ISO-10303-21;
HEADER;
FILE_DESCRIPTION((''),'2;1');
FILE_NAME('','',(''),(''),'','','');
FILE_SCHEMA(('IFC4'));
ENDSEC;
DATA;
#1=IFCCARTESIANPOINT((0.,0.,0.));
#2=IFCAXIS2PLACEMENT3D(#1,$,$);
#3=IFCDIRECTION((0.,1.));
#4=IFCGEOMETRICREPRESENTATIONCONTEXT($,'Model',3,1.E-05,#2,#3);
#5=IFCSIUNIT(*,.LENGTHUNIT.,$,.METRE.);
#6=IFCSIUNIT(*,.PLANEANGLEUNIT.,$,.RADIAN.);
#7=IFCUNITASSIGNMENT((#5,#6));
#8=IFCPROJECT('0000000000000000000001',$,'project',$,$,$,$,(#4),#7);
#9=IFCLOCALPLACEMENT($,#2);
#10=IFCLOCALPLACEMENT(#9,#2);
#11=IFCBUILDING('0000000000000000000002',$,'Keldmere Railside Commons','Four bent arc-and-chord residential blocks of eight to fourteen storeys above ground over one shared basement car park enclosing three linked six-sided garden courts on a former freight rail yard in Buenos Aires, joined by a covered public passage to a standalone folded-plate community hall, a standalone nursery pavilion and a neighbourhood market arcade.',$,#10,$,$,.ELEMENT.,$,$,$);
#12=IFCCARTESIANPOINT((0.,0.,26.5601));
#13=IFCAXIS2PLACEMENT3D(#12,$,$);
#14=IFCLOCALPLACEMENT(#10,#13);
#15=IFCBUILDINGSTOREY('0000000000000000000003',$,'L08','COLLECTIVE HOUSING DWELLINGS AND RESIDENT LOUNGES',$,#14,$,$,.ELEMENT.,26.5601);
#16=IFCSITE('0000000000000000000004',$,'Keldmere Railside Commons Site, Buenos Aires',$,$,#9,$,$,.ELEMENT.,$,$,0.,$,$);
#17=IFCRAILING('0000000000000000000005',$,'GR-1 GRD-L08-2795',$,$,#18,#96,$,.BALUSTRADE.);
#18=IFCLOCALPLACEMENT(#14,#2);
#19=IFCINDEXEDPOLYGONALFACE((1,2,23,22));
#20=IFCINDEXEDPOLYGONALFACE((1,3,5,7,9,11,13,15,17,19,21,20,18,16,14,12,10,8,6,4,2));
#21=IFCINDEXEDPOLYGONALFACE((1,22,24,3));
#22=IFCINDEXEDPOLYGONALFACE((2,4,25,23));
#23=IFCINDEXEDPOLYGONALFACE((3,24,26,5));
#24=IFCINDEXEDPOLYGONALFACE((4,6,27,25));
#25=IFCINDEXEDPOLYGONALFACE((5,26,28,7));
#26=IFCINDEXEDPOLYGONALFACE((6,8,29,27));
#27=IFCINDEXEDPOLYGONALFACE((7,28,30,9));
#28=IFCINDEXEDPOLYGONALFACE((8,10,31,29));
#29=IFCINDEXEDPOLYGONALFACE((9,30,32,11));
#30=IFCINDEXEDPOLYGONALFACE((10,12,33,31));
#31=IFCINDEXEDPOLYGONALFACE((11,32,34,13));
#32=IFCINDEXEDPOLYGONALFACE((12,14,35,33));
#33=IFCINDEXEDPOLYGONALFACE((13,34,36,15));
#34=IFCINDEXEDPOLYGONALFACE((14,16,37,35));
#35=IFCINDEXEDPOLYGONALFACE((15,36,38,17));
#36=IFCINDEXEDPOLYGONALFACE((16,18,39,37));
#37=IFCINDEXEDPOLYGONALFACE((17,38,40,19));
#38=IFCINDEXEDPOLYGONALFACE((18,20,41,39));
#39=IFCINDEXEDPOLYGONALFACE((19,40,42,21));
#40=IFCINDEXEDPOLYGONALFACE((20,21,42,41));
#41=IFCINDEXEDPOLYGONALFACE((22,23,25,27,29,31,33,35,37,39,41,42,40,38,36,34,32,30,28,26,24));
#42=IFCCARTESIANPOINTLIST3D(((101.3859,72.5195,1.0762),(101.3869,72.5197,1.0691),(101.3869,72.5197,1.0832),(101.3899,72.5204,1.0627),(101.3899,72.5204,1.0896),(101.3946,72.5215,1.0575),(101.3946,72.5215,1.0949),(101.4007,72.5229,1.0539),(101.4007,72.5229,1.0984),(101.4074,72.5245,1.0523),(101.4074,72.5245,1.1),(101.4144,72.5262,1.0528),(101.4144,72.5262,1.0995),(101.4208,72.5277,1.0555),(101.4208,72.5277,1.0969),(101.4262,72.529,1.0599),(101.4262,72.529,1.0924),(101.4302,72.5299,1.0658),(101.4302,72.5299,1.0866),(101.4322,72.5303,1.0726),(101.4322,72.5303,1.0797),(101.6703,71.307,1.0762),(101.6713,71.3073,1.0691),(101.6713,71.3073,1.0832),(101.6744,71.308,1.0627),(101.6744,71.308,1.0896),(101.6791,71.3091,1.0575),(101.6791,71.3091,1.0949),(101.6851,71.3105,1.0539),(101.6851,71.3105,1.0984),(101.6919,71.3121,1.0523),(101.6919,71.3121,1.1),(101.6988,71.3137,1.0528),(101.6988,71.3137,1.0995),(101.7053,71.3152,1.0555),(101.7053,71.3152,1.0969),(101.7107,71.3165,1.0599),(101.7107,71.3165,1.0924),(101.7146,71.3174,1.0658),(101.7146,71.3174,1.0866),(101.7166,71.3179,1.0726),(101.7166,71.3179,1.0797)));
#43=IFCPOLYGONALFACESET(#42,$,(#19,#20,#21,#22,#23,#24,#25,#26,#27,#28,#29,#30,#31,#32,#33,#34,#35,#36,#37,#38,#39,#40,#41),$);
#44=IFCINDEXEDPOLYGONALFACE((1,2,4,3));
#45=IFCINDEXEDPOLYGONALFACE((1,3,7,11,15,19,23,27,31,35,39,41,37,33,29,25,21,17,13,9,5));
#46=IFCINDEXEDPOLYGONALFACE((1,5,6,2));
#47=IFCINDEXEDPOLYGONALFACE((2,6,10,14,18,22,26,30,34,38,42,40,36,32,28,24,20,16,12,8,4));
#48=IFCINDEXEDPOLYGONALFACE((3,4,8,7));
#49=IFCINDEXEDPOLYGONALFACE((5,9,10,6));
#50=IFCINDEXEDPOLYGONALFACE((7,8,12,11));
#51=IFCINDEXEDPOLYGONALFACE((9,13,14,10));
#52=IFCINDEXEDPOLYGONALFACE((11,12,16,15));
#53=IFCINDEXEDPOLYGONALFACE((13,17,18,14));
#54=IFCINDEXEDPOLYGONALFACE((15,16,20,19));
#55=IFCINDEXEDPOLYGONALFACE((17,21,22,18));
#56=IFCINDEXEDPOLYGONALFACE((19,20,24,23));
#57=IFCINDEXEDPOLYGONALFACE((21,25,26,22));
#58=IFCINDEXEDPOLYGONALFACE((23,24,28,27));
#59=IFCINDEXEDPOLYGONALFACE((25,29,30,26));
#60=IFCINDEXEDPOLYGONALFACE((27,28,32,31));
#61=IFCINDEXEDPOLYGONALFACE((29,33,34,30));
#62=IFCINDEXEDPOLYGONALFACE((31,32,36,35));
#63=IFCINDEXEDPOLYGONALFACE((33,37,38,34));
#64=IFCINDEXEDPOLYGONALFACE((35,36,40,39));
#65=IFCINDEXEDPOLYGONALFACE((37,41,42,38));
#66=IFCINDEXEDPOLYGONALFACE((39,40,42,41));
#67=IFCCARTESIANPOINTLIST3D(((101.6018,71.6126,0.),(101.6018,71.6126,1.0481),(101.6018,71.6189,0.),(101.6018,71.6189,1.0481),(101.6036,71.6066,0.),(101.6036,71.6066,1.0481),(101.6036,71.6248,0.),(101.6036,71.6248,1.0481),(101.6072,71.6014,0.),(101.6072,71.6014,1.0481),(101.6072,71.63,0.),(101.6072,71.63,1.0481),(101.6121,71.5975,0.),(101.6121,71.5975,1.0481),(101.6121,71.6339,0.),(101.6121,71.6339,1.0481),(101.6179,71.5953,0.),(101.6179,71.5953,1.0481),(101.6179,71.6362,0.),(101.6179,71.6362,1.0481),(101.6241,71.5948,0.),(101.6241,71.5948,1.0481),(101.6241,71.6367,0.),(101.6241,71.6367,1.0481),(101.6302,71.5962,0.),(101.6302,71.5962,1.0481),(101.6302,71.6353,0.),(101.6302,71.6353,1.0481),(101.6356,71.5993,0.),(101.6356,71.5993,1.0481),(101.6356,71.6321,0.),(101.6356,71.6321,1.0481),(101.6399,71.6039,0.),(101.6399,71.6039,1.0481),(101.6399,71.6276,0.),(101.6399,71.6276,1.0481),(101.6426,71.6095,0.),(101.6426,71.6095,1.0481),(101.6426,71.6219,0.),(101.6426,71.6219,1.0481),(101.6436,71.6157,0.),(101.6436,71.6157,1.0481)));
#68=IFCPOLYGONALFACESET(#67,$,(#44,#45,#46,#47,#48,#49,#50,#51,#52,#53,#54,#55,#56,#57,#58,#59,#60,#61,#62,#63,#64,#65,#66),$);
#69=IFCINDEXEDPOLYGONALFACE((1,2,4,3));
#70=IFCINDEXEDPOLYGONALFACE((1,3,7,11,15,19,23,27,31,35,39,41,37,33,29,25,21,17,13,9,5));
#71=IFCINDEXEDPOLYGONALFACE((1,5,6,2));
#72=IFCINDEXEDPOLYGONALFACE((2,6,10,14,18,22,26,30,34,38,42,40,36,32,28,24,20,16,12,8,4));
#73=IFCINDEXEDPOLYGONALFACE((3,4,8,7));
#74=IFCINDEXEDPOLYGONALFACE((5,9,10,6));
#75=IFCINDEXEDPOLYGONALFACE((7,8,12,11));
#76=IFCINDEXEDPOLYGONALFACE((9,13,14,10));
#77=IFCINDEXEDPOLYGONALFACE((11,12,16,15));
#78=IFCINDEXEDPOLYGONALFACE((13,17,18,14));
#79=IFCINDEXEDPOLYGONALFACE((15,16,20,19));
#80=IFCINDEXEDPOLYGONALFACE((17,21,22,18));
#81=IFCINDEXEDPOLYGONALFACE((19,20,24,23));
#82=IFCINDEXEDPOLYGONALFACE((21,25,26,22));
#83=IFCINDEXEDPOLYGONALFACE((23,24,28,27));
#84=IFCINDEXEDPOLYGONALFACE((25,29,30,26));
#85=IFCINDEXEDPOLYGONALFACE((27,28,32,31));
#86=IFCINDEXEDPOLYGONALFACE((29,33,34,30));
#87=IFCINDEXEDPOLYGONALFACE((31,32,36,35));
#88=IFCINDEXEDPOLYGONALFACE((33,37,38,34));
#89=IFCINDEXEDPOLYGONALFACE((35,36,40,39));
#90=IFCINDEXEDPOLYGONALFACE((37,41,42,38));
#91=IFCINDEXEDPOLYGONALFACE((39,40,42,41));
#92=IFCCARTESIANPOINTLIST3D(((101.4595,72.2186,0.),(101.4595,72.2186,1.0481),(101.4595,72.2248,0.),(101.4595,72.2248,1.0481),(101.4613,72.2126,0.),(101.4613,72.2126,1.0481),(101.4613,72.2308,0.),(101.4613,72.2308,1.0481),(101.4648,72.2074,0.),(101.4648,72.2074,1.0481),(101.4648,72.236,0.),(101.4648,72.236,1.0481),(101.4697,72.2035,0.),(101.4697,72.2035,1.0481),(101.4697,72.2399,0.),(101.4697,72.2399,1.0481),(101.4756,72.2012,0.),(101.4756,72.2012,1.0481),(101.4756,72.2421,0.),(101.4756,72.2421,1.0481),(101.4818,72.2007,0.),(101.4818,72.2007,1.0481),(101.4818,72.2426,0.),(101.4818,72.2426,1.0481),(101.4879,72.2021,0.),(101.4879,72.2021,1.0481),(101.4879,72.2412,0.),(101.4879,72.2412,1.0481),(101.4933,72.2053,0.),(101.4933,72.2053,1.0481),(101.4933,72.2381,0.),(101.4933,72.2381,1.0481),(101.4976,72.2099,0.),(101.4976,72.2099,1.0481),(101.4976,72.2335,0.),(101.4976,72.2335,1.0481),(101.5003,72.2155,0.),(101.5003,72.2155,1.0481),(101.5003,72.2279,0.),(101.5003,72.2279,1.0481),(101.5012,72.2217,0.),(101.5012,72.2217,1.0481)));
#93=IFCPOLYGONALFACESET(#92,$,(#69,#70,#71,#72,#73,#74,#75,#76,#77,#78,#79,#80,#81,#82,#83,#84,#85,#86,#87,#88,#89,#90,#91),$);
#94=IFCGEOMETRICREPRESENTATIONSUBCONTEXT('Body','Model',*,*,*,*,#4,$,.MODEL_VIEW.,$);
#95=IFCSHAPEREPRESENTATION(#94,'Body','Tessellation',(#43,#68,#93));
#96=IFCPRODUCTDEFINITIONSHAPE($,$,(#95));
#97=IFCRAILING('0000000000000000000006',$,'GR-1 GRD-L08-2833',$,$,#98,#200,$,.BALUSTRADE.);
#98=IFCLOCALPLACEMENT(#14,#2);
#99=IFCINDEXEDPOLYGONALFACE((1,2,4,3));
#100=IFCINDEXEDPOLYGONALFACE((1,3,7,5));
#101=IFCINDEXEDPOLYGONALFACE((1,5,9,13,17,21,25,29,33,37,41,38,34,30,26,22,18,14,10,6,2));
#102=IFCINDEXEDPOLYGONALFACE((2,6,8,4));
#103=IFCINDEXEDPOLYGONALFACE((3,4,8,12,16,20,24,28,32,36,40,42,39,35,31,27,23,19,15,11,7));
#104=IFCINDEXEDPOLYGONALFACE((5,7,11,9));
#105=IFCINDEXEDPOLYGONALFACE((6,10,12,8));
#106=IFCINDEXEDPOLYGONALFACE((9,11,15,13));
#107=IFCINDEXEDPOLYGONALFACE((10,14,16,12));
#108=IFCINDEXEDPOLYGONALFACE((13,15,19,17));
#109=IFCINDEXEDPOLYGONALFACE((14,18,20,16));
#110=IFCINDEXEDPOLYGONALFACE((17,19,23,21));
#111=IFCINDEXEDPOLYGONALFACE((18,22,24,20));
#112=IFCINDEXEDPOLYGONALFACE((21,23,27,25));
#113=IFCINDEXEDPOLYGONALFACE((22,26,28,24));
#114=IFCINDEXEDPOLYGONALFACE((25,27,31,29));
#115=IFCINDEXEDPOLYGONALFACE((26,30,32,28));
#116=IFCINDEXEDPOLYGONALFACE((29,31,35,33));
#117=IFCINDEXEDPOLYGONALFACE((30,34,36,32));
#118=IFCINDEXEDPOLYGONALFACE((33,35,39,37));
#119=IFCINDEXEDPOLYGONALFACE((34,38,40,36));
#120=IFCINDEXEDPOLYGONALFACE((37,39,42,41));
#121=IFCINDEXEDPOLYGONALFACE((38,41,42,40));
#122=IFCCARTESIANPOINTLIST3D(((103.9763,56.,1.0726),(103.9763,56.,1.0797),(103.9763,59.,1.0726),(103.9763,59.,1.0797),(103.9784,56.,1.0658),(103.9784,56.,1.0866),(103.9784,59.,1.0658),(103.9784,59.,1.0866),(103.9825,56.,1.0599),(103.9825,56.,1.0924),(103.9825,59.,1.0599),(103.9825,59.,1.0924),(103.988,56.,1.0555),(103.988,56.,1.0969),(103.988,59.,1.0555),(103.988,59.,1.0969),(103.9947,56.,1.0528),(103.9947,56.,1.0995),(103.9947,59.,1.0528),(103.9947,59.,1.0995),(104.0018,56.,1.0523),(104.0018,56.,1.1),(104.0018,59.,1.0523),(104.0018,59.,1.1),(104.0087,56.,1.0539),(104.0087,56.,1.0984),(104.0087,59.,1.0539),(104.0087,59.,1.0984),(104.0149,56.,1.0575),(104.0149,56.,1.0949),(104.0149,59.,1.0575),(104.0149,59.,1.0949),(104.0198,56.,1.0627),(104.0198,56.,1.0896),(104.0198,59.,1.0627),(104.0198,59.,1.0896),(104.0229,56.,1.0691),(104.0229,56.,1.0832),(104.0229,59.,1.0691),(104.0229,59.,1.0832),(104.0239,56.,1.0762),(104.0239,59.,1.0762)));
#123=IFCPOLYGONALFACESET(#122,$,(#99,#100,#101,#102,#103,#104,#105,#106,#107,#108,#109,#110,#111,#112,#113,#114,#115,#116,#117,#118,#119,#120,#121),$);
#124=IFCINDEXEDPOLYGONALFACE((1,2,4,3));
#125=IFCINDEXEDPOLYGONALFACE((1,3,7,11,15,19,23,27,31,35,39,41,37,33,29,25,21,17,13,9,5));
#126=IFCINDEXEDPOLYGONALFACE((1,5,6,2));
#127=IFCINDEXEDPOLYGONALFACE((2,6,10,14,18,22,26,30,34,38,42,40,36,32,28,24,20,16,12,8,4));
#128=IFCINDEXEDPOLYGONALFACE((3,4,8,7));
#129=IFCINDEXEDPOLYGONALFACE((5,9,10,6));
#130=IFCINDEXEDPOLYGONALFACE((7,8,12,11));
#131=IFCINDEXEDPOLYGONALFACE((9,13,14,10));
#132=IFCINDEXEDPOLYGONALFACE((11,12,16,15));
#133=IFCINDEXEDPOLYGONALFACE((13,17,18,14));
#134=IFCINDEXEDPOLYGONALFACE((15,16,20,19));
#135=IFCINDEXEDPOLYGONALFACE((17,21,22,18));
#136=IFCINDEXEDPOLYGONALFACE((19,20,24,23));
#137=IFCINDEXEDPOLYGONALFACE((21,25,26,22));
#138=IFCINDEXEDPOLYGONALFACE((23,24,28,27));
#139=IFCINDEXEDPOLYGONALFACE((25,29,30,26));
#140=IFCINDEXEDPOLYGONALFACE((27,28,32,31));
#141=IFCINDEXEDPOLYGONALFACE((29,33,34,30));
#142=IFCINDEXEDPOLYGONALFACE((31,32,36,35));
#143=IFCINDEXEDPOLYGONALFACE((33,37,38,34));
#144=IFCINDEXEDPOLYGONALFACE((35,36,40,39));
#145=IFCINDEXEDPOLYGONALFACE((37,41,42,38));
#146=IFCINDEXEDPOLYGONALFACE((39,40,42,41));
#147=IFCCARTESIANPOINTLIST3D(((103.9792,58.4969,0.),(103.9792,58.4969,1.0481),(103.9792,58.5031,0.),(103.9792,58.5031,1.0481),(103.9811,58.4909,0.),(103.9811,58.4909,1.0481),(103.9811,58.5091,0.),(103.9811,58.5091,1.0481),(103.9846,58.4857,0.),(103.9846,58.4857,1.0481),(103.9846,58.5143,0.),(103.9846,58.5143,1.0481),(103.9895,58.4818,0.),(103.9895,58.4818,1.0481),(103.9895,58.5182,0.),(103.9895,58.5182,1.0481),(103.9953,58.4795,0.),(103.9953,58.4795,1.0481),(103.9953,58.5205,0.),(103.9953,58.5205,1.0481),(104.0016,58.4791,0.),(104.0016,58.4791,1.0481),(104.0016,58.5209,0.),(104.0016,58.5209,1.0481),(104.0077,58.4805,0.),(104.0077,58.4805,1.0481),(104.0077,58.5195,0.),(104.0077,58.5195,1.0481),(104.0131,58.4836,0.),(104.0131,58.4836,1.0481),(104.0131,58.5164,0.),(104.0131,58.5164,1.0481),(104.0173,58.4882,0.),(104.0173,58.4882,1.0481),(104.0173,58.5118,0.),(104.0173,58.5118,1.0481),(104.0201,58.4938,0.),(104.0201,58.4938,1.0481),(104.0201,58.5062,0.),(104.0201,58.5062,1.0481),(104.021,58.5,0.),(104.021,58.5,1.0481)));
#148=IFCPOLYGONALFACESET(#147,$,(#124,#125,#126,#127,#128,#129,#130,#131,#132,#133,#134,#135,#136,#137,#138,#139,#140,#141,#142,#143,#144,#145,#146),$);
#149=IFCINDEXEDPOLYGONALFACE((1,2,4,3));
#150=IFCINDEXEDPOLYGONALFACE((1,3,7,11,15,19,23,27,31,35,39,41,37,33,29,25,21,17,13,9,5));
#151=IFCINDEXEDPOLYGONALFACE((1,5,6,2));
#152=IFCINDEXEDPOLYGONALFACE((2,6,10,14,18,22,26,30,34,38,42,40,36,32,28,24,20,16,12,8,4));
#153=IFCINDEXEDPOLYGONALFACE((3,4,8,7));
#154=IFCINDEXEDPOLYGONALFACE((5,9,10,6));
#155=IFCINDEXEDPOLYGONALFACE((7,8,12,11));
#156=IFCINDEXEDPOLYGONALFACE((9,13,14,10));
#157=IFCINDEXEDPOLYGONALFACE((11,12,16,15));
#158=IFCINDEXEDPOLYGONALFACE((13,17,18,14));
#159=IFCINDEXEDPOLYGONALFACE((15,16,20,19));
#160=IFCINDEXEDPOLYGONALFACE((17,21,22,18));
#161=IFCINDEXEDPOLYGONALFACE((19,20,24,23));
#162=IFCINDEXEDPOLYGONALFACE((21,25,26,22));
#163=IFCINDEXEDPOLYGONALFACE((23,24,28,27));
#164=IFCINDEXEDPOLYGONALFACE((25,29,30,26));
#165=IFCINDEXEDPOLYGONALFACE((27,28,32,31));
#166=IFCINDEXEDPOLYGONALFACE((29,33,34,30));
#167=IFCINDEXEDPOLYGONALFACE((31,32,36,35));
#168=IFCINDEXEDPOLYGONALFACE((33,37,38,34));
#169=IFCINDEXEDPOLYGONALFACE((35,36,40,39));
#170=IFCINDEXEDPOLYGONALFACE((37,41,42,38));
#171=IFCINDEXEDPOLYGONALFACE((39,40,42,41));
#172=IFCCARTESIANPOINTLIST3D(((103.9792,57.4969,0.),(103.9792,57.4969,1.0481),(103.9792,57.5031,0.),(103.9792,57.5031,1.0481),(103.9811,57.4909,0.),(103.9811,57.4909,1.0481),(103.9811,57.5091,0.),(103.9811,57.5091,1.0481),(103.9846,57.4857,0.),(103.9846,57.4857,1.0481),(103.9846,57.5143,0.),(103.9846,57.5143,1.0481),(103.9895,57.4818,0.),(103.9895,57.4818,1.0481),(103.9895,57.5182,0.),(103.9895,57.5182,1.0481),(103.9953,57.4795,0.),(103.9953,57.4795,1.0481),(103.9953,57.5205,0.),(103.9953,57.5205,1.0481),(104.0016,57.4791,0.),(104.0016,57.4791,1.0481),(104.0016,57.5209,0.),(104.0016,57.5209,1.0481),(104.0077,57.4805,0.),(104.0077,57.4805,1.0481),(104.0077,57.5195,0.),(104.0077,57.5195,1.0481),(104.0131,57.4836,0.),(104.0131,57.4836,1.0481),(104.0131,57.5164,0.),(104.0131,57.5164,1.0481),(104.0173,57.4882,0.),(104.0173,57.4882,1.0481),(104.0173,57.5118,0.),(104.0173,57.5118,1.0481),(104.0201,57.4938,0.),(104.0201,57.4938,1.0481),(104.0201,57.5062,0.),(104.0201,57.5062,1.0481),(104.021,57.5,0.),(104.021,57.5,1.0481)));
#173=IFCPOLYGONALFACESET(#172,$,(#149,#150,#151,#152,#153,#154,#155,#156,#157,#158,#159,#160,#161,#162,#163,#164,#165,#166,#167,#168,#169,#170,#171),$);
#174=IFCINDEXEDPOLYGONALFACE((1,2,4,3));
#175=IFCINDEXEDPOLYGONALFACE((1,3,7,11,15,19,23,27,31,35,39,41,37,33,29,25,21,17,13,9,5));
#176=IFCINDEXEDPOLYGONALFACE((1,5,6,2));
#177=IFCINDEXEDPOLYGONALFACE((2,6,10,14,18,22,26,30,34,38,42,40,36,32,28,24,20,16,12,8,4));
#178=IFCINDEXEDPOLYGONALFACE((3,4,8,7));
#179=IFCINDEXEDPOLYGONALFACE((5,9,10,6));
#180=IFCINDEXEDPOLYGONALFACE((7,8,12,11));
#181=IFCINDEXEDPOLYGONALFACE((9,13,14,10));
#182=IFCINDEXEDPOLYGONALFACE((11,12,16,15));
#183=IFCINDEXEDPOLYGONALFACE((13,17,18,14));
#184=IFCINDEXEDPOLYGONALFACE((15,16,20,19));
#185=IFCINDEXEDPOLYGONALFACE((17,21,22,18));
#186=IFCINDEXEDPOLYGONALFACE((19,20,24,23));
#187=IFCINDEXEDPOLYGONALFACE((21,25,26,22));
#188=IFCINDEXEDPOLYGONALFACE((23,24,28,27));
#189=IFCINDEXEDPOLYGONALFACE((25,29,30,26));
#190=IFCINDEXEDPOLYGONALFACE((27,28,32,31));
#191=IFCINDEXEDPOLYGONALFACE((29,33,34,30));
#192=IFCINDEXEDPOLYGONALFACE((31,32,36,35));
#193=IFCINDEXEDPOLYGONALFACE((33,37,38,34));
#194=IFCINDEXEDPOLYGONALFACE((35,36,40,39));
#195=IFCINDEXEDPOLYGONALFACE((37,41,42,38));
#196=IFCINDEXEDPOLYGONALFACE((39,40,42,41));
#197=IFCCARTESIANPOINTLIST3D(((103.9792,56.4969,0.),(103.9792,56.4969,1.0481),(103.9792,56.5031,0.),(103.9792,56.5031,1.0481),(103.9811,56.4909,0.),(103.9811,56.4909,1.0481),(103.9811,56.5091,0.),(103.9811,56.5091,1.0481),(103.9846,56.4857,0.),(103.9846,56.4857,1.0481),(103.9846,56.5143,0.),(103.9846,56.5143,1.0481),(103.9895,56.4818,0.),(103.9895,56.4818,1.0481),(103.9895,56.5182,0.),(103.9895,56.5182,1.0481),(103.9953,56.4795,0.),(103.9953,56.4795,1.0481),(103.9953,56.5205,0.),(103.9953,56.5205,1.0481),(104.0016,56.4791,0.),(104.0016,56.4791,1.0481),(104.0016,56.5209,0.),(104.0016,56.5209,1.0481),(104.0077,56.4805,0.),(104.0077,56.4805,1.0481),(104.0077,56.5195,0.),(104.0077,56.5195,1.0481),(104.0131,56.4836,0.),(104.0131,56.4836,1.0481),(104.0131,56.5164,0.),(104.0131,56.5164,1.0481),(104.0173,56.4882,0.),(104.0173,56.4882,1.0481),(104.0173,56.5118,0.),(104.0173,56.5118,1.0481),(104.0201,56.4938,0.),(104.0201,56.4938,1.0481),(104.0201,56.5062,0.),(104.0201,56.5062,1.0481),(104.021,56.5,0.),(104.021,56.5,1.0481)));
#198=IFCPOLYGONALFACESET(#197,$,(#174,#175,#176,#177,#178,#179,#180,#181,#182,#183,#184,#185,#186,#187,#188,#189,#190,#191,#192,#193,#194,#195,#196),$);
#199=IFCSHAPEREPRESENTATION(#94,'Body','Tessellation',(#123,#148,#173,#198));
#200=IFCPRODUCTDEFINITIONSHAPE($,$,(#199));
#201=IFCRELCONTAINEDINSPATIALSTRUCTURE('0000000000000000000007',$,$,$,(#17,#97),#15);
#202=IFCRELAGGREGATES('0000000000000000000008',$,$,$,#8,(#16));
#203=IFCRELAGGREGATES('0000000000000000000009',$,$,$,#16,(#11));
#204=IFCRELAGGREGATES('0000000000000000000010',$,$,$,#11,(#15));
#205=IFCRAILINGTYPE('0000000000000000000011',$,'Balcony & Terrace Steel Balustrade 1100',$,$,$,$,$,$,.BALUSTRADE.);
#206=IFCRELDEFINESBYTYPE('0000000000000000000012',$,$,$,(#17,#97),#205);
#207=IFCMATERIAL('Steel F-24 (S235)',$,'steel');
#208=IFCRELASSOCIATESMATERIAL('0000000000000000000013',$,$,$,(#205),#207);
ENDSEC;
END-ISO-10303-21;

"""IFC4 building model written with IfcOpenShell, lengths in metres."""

from ifc_helpers import new_model, si_unit, direction, frame, origin, origin_2d, place, context, subcontext, project, spatial, circle, extrude, material, type_object, element, save


model = new_model("IFC4")

# Units and contexts
model_context = context("Model", 3, precision=1e-05, world=origin(), true_north=direction((0.0, 1.0)))
body_context = subcontext(model_context, "Body", "Model", "MODEL_VIEW")
ifc_project = project(units=[si_unit("LENGTHUNIT", "METRE"), si_unit("PLANEANGLEUNIT", "RADIAN")], contexts=[model_context])

# Site, building, storey
site_placement = place(None, origin())
site = spatial("IfcSite", under=ifc_project, at=site_placement, Name="Keldmere Railside Commons Site, Buenos Aires", CompositionType="ELEMENT", RefElevation=0.0)
building_placement = place(site_placement, origin())
building = spatial("IfcBuilding", under=site, at=building_placement, Name="Keldmere Railside Commons", Description="Four bent arc-and-chord residential blocks of eight to fourteen storeys above ground over one shared basement car park enclosing three linked six-sided garden courts on a former freight rail yard in Buenos Aires, joined by a covered public passage to a standalone folded-plate community hall, a standalone nursery pavilion and a neighbourhood market arcade.", CompositionType="ELEMENT")
storey_placement = place(building_placement, frame((0.0, 0.0, 26.5601)))
storey = spatial("IfcBuildingStorey", under=building, at=storey_placement, Name="L08", Description="COLLECTIVE HOUSING DWELLINGS AND RESIDENT LOUNGES", CompositionType="ELEMENT", Elevation=26.5601)

# Railings
ifc_material_1 = material(Name="Steel F-24 (S235)", Category="steel")
railing_type_1 = type_object("IfcRailingType", Name="Balcony & Terrace Steel Balustrade 1100", PredefinedType="BALUSTRADE", material=ifc_material_1)
railing_1_placement = place(storey_placement, frame((101.6936, 71.3125, 0.0)))
element("IfcRailing", 1, at=railing_1_placement, inside=storey, type_object=railing_type_1, Name="GR-1 GRD-L08-2795", PredefinedType="BALUSTRADE", context=body_context, shape_type="SweptSolid", body=[
    extrude(circle(Radius=0.0239, at=origin_2d()), frame((0.0, 0.0, 1.0762), z_axis=(-0.228395, 0.973569, 0.0), x_axis=(-0.973569, -0.228395, 0.0)), (0.0, 0.0, 1.0), 1.2454),
    extrude(circle(Radius=0.021, at=origin_2d()), frame((-0.071, 0.3032, 0.0)), (0.0, 0.0, 1.0), 1.0481),
    extrude(circle(Radius=0.021, at=origin_2d()), frame((-0.2134, 0.9092, 0.0)), (0.0, 0.0, 1.0), 1.0481),
])
railing_2_placement = place(storey_placement, frame((104.0, 59.0, 0.0)))
element("IfcRailing", 2, at=railing_2_placement, inside=storey, type_object=railing_type_1, Name="GR-1 GRD-L08-2833", PredefinedType="BALUSTRADE", context=body_context, shape_type="SweptSolid", body=[
    extrude(circle(Radius=0.0239, at=origin_2d()), frame((0.0, 0.0, 1.0762), z_axis=(0.0, -1.0, 0.0), x_axis=(1.0, 0.0, 0.0)), (0.0, 0.0, 1.0), 3.0),
    extrude(circle(Radius=0.021, at=origin_2d()), frame((0.0, -0.5, 0.0)), (0.0, 0.0, 1.0), 1.0481),
    extrude(circle(Radius=0.021, at=origin_2d()), frame((0.0, -1.5, 0.0)), (0.0, 0.0, 1.0), 1.0481),
    extrude(circle(Radius=0.021, at=origin_2d()), frame((0.0, -2.5, 0.0)), (0.0, 0.0, 1.0), 1.0481),
])

save(model, "model.ifc")
